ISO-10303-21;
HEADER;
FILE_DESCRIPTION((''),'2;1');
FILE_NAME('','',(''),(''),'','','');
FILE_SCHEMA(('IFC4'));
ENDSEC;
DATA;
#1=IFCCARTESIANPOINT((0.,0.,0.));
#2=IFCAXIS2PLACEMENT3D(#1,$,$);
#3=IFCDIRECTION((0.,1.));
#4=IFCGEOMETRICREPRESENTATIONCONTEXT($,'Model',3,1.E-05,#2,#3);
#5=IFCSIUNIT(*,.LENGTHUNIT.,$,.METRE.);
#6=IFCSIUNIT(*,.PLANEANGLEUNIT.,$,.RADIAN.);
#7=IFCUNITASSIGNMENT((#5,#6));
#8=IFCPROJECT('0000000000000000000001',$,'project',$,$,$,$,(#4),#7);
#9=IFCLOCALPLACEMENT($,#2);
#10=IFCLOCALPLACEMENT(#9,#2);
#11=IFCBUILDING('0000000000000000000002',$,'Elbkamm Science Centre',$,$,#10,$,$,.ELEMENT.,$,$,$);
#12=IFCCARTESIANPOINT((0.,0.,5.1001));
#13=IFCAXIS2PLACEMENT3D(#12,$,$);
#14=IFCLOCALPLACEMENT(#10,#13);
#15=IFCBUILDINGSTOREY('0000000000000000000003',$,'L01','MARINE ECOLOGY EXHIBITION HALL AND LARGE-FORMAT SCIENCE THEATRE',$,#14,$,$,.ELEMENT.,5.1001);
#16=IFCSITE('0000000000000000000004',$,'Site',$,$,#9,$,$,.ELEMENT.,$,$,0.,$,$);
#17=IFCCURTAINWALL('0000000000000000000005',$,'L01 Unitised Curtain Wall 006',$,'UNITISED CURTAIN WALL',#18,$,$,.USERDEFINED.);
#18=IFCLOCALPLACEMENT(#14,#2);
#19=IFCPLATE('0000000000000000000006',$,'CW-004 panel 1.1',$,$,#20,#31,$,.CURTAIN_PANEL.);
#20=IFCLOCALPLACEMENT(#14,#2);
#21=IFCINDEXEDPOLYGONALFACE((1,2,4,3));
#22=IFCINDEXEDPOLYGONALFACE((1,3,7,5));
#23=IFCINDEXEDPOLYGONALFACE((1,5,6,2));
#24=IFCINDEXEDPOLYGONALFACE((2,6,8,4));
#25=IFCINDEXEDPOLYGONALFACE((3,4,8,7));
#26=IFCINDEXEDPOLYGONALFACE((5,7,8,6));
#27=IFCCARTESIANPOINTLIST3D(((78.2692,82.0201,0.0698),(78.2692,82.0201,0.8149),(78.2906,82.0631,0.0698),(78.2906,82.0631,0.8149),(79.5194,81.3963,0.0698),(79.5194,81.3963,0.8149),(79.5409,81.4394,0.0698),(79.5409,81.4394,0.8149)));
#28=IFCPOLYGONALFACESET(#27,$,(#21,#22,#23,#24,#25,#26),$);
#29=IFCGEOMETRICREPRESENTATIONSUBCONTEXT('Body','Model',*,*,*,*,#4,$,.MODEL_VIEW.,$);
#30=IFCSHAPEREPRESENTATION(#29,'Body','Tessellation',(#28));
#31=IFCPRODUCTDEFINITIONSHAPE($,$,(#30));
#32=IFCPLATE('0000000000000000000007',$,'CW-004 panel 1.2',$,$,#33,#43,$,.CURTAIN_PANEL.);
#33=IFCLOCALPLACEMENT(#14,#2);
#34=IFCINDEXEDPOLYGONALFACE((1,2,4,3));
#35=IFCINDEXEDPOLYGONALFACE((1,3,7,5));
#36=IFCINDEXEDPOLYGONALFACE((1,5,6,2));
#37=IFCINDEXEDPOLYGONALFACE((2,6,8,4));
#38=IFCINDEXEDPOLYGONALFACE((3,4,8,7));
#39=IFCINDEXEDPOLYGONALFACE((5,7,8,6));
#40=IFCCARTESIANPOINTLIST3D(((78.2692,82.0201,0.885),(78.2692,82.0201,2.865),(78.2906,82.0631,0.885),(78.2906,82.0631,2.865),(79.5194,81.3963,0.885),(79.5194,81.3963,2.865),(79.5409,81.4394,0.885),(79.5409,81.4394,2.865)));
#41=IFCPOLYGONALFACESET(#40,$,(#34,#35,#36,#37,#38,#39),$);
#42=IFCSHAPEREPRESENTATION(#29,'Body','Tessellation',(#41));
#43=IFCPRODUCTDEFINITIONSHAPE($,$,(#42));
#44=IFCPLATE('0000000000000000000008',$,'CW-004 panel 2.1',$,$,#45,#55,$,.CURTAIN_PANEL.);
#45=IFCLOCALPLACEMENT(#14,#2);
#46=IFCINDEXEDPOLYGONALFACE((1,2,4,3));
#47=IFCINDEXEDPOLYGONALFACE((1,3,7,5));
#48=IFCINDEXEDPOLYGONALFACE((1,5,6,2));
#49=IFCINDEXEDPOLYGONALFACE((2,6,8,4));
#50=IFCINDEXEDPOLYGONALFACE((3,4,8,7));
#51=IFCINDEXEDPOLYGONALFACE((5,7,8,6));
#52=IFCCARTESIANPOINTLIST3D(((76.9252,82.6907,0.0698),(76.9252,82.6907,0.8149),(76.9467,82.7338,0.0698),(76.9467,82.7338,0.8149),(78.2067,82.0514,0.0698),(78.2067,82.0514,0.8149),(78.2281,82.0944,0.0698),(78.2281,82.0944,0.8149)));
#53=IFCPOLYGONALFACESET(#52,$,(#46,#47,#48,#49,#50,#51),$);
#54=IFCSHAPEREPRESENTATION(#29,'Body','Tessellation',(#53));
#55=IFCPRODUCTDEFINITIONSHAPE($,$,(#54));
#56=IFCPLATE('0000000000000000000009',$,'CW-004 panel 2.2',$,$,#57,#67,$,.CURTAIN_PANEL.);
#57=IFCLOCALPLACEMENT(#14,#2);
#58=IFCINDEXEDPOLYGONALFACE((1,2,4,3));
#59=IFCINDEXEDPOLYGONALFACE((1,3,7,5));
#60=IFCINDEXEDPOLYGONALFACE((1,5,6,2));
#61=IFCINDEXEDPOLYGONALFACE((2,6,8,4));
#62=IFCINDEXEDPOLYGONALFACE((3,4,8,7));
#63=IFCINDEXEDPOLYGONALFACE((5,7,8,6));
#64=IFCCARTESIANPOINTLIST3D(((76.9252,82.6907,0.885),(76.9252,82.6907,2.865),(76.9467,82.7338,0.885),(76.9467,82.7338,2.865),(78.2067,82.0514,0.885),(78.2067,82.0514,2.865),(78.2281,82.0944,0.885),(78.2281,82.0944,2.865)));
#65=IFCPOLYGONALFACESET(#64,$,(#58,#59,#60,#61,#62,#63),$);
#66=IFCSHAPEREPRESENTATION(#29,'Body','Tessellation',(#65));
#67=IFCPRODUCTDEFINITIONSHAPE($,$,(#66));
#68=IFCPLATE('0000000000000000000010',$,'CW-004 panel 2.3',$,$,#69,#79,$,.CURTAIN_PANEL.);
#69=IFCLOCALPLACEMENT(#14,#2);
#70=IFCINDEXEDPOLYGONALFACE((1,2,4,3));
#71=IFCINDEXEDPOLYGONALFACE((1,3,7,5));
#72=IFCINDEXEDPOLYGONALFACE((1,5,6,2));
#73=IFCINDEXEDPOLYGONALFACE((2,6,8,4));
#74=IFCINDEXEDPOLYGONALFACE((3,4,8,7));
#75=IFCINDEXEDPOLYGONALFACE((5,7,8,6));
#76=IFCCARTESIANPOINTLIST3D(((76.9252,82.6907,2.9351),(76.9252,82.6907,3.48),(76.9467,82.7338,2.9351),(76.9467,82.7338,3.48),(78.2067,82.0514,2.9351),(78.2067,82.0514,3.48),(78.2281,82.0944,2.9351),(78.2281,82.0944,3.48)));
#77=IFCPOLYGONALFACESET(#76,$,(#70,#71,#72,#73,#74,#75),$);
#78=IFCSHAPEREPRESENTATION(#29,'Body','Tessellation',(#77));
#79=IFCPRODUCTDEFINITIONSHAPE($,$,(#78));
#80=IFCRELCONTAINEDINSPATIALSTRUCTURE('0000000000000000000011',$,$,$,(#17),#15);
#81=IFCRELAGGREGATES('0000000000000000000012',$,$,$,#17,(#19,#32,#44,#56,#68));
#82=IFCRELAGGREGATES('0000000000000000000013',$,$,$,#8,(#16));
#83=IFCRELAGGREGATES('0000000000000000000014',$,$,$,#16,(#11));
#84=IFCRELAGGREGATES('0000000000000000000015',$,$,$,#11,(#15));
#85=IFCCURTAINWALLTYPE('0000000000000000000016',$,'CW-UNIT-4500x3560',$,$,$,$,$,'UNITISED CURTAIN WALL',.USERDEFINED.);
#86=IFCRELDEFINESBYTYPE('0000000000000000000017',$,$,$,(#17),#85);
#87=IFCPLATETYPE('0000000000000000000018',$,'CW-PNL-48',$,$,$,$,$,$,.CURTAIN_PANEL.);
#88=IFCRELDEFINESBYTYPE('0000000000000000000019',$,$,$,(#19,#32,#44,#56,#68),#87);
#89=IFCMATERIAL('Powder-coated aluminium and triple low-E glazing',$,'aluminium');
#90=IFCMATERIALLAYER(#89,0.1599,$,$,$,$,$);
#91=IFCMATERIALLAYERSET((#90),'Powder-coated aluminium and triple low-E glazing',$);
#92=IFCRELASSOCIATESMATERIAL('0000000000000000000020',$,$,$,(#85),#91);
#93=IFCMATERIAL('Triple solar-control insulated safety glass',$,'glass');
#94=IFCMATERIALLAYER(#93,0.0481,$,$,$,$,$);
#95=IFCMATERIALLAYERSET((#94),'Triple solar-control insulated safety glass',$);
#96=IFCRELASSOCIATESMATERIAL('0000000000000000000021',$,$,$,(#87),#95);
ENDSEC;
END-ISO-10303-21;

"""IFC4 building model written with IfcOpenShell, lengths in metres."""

from ifc_helpers import new_model, si_unit, direction, frame, origin, origin_2d, place, context, subcontext, project, spatial, rectangle, extrude, material, layer, layer_set, type_object, element, aggregate, save


model = new_model("IFC4")

# Units and contexts
model_context = context("Model", 3, precision=1e-05, world=origin(), true_north=direction((0.0, 1.0)))
body_context = subcontext(model_context, "Body", "Model", "MODEL_VIEW")
ifc_project = project(units=[si_unit("LENGTHUNIT", "METRE"), si_unit("PLANEANGLEUNIT", "RADIAN")], contexts=[model_context])

# Site, building, storey
site_placement = place(None, origin())
site = spatial("IfcSite", under=ifc_project, at=site_placement, Name="Site", CompositionType="ELEMENT", RefElevation=0.0)
building_placement = place(site_placement, origin())
building = spatial("IfcBuilding", under=site, at=building_placement, Name="Elbkamm Science Centre", CompositionType="ELEMENT")
storey_placement = place(building_placement, frame((0.0, 0.0, 5.1001)))
storey = spatial("IfcBuildingStorey", under=building, at=storey_placement, Name="L01", Description="MARINE ECOLOGY EXHIBITION HALL AND LARGE-FORMAT SCIENCE THEATRE", CompositionType="ELEMENT", Elevation=5.1001)

# Curtain wall, plates
ifc_material_1 = material(Name="Powder-coated aluminium and triple low-E glazing", Category="aluminium")
ifc_layer_1 = layer(ifc_material_1, 0.1599)
ifc_layer_set_1 = layer_set([ifc_layer_1], Name="Powder-coated aluminium and triple low-E glazing")
curtain_wall_type = type_object("IfcCurtainWallType", Name="CW-UNIT-4500x3560", ElementType="UNITISED CURTAIN WALL", PredefinedType="USERDEFINED", material=ifc_layer_set_1)
curtain_wall_placement = place(storey_placement, origin())
curtain_wall = element("IfcCurtainWall", 1, at=curtain_wall_placement, inside=storey, type_object=curtain_wall_type, Name="L01 Unitised Curtain Wall 006", ObjectType="UNITISED CURTAIN WALL", PredefinedType="USERDEFINED")
ifc_material_2 = material(Name="Triple solar-control insulated safety glass", Category="glass")
ifc_layer_2 = layer(ifc_material_2, 0.0481)
ifc_layer_set_2 = layer_set([ifc_layer_2], Name="Triple solar-control insulated safety glass")
plate_type = type_object("IfcPlateType", Name="CW-PNL-48", PredefinedType="CURTAIN_PANEL", material=ifc_layer_set_2)
plate_1_placement = place(storey_placement, frame((78.905, 81.7297, 0.0698), z_axis=(0.0, 0.0, 1.0), x_axis=(-0.894813, 0.446441, 0.0)))
plate_1 = element("IfcPlate", 2, at=plate_1_placement, type_object=plate_type, Name="CW-004 panel 1.1", PredefinedType="CURTAIN_PANEL", context=body_context, shape_type="SweptSolid", body=[
    extrude(rectangle(XDim=1.3972, YDim=0.0481, at=origin_2d()), origin(), (0.0, 0.0, 1.0), 0.7451),
])
plate_2_placement = place(storey_placement, frame((78.905, 81.7297, 0.885), z_axis=(0.0, 0.0, 1.0), x_axis=(-0.894813, 0.446441, 0.0)))
plate_2 = element("IfcPlate", 3, at=plate_2_placement, type_object=plate_type, Name="CW-004 panel 1.2", PredefinedType="CURTAIN_PANEL", context=body_context, shape_type="SweptSolid", body=[
    extrude(rectangle(XDim=1.3972, YDim=0.0481, at=origin_2d()), origin(), (0.0, 0.0, 1.0), 1.98),
])
plate_3_placement = place(storey_placement, frame((77.5767, 82.3926, 0.0698), z_axis=(0.0, 0.0, 1.0), x_axis=(-0.894813, 0.446441, 0.0)))
plate_3 = element("IfcPlate", 4, at=plate_3_placement, type_object=plate_type, Name="CW-004 panel 2.1", PredefinedType="CURTAIN_PANEL", context=body_context, shape_type="SweptSolid", body=[
    extrude(rectangle(XDim=1.4321, YDim=0.0481, at=origin_2d()), origin(), (0.0, 0.0, 1.0), 0.7451),
])
plate_4_placement = place(storey_placement, frame((77.5767, 82.3926, 0.885), z_axis=(0.0, 0.0, 1.0), x_axis=(-0.894813, 0.446441, 0.0)))
plate_4 = element("IfcPlate", 5, at=plate_4_placement, type_object=plate_type, Name="CW-004 panel 2.2", PredefinedType="CURTAIN_PANEL", context=body_context, shape_type="SweptSolid", body=[
    extrude(rectangle(XDim=1.4321, YDim=0.0481, at=origin_2d()), origin(), (0.0, 0.0, 1.0), 1.98),
])
plate_5_placement = place(storey_placement, frame((77.5767, 82.3926, 2.9351), z_axis=(0.0, 0.0, 1.0), x_axis=(-0.894813, 0.446441, 0.0)))
plate_5 = element("IfcPlate", 6, at=plate_5_placement, type_object=plate_type, Name="CW-004 panel 2.3", PredefinedType="CURTAIN_PANEL", context=body_context, shape_type="SweptSolid", body=[
    extrude(rectangle(XDim=1.4321, YDim=0.0481, at=origin_2d()), origin(), (0.0, 0.0, 1.0), 0.5449),
])
aggregate(curtain_wall, [plate_1, plate_2, plate_3, plate_4, plate_5])

save(model, "model.ifc")
